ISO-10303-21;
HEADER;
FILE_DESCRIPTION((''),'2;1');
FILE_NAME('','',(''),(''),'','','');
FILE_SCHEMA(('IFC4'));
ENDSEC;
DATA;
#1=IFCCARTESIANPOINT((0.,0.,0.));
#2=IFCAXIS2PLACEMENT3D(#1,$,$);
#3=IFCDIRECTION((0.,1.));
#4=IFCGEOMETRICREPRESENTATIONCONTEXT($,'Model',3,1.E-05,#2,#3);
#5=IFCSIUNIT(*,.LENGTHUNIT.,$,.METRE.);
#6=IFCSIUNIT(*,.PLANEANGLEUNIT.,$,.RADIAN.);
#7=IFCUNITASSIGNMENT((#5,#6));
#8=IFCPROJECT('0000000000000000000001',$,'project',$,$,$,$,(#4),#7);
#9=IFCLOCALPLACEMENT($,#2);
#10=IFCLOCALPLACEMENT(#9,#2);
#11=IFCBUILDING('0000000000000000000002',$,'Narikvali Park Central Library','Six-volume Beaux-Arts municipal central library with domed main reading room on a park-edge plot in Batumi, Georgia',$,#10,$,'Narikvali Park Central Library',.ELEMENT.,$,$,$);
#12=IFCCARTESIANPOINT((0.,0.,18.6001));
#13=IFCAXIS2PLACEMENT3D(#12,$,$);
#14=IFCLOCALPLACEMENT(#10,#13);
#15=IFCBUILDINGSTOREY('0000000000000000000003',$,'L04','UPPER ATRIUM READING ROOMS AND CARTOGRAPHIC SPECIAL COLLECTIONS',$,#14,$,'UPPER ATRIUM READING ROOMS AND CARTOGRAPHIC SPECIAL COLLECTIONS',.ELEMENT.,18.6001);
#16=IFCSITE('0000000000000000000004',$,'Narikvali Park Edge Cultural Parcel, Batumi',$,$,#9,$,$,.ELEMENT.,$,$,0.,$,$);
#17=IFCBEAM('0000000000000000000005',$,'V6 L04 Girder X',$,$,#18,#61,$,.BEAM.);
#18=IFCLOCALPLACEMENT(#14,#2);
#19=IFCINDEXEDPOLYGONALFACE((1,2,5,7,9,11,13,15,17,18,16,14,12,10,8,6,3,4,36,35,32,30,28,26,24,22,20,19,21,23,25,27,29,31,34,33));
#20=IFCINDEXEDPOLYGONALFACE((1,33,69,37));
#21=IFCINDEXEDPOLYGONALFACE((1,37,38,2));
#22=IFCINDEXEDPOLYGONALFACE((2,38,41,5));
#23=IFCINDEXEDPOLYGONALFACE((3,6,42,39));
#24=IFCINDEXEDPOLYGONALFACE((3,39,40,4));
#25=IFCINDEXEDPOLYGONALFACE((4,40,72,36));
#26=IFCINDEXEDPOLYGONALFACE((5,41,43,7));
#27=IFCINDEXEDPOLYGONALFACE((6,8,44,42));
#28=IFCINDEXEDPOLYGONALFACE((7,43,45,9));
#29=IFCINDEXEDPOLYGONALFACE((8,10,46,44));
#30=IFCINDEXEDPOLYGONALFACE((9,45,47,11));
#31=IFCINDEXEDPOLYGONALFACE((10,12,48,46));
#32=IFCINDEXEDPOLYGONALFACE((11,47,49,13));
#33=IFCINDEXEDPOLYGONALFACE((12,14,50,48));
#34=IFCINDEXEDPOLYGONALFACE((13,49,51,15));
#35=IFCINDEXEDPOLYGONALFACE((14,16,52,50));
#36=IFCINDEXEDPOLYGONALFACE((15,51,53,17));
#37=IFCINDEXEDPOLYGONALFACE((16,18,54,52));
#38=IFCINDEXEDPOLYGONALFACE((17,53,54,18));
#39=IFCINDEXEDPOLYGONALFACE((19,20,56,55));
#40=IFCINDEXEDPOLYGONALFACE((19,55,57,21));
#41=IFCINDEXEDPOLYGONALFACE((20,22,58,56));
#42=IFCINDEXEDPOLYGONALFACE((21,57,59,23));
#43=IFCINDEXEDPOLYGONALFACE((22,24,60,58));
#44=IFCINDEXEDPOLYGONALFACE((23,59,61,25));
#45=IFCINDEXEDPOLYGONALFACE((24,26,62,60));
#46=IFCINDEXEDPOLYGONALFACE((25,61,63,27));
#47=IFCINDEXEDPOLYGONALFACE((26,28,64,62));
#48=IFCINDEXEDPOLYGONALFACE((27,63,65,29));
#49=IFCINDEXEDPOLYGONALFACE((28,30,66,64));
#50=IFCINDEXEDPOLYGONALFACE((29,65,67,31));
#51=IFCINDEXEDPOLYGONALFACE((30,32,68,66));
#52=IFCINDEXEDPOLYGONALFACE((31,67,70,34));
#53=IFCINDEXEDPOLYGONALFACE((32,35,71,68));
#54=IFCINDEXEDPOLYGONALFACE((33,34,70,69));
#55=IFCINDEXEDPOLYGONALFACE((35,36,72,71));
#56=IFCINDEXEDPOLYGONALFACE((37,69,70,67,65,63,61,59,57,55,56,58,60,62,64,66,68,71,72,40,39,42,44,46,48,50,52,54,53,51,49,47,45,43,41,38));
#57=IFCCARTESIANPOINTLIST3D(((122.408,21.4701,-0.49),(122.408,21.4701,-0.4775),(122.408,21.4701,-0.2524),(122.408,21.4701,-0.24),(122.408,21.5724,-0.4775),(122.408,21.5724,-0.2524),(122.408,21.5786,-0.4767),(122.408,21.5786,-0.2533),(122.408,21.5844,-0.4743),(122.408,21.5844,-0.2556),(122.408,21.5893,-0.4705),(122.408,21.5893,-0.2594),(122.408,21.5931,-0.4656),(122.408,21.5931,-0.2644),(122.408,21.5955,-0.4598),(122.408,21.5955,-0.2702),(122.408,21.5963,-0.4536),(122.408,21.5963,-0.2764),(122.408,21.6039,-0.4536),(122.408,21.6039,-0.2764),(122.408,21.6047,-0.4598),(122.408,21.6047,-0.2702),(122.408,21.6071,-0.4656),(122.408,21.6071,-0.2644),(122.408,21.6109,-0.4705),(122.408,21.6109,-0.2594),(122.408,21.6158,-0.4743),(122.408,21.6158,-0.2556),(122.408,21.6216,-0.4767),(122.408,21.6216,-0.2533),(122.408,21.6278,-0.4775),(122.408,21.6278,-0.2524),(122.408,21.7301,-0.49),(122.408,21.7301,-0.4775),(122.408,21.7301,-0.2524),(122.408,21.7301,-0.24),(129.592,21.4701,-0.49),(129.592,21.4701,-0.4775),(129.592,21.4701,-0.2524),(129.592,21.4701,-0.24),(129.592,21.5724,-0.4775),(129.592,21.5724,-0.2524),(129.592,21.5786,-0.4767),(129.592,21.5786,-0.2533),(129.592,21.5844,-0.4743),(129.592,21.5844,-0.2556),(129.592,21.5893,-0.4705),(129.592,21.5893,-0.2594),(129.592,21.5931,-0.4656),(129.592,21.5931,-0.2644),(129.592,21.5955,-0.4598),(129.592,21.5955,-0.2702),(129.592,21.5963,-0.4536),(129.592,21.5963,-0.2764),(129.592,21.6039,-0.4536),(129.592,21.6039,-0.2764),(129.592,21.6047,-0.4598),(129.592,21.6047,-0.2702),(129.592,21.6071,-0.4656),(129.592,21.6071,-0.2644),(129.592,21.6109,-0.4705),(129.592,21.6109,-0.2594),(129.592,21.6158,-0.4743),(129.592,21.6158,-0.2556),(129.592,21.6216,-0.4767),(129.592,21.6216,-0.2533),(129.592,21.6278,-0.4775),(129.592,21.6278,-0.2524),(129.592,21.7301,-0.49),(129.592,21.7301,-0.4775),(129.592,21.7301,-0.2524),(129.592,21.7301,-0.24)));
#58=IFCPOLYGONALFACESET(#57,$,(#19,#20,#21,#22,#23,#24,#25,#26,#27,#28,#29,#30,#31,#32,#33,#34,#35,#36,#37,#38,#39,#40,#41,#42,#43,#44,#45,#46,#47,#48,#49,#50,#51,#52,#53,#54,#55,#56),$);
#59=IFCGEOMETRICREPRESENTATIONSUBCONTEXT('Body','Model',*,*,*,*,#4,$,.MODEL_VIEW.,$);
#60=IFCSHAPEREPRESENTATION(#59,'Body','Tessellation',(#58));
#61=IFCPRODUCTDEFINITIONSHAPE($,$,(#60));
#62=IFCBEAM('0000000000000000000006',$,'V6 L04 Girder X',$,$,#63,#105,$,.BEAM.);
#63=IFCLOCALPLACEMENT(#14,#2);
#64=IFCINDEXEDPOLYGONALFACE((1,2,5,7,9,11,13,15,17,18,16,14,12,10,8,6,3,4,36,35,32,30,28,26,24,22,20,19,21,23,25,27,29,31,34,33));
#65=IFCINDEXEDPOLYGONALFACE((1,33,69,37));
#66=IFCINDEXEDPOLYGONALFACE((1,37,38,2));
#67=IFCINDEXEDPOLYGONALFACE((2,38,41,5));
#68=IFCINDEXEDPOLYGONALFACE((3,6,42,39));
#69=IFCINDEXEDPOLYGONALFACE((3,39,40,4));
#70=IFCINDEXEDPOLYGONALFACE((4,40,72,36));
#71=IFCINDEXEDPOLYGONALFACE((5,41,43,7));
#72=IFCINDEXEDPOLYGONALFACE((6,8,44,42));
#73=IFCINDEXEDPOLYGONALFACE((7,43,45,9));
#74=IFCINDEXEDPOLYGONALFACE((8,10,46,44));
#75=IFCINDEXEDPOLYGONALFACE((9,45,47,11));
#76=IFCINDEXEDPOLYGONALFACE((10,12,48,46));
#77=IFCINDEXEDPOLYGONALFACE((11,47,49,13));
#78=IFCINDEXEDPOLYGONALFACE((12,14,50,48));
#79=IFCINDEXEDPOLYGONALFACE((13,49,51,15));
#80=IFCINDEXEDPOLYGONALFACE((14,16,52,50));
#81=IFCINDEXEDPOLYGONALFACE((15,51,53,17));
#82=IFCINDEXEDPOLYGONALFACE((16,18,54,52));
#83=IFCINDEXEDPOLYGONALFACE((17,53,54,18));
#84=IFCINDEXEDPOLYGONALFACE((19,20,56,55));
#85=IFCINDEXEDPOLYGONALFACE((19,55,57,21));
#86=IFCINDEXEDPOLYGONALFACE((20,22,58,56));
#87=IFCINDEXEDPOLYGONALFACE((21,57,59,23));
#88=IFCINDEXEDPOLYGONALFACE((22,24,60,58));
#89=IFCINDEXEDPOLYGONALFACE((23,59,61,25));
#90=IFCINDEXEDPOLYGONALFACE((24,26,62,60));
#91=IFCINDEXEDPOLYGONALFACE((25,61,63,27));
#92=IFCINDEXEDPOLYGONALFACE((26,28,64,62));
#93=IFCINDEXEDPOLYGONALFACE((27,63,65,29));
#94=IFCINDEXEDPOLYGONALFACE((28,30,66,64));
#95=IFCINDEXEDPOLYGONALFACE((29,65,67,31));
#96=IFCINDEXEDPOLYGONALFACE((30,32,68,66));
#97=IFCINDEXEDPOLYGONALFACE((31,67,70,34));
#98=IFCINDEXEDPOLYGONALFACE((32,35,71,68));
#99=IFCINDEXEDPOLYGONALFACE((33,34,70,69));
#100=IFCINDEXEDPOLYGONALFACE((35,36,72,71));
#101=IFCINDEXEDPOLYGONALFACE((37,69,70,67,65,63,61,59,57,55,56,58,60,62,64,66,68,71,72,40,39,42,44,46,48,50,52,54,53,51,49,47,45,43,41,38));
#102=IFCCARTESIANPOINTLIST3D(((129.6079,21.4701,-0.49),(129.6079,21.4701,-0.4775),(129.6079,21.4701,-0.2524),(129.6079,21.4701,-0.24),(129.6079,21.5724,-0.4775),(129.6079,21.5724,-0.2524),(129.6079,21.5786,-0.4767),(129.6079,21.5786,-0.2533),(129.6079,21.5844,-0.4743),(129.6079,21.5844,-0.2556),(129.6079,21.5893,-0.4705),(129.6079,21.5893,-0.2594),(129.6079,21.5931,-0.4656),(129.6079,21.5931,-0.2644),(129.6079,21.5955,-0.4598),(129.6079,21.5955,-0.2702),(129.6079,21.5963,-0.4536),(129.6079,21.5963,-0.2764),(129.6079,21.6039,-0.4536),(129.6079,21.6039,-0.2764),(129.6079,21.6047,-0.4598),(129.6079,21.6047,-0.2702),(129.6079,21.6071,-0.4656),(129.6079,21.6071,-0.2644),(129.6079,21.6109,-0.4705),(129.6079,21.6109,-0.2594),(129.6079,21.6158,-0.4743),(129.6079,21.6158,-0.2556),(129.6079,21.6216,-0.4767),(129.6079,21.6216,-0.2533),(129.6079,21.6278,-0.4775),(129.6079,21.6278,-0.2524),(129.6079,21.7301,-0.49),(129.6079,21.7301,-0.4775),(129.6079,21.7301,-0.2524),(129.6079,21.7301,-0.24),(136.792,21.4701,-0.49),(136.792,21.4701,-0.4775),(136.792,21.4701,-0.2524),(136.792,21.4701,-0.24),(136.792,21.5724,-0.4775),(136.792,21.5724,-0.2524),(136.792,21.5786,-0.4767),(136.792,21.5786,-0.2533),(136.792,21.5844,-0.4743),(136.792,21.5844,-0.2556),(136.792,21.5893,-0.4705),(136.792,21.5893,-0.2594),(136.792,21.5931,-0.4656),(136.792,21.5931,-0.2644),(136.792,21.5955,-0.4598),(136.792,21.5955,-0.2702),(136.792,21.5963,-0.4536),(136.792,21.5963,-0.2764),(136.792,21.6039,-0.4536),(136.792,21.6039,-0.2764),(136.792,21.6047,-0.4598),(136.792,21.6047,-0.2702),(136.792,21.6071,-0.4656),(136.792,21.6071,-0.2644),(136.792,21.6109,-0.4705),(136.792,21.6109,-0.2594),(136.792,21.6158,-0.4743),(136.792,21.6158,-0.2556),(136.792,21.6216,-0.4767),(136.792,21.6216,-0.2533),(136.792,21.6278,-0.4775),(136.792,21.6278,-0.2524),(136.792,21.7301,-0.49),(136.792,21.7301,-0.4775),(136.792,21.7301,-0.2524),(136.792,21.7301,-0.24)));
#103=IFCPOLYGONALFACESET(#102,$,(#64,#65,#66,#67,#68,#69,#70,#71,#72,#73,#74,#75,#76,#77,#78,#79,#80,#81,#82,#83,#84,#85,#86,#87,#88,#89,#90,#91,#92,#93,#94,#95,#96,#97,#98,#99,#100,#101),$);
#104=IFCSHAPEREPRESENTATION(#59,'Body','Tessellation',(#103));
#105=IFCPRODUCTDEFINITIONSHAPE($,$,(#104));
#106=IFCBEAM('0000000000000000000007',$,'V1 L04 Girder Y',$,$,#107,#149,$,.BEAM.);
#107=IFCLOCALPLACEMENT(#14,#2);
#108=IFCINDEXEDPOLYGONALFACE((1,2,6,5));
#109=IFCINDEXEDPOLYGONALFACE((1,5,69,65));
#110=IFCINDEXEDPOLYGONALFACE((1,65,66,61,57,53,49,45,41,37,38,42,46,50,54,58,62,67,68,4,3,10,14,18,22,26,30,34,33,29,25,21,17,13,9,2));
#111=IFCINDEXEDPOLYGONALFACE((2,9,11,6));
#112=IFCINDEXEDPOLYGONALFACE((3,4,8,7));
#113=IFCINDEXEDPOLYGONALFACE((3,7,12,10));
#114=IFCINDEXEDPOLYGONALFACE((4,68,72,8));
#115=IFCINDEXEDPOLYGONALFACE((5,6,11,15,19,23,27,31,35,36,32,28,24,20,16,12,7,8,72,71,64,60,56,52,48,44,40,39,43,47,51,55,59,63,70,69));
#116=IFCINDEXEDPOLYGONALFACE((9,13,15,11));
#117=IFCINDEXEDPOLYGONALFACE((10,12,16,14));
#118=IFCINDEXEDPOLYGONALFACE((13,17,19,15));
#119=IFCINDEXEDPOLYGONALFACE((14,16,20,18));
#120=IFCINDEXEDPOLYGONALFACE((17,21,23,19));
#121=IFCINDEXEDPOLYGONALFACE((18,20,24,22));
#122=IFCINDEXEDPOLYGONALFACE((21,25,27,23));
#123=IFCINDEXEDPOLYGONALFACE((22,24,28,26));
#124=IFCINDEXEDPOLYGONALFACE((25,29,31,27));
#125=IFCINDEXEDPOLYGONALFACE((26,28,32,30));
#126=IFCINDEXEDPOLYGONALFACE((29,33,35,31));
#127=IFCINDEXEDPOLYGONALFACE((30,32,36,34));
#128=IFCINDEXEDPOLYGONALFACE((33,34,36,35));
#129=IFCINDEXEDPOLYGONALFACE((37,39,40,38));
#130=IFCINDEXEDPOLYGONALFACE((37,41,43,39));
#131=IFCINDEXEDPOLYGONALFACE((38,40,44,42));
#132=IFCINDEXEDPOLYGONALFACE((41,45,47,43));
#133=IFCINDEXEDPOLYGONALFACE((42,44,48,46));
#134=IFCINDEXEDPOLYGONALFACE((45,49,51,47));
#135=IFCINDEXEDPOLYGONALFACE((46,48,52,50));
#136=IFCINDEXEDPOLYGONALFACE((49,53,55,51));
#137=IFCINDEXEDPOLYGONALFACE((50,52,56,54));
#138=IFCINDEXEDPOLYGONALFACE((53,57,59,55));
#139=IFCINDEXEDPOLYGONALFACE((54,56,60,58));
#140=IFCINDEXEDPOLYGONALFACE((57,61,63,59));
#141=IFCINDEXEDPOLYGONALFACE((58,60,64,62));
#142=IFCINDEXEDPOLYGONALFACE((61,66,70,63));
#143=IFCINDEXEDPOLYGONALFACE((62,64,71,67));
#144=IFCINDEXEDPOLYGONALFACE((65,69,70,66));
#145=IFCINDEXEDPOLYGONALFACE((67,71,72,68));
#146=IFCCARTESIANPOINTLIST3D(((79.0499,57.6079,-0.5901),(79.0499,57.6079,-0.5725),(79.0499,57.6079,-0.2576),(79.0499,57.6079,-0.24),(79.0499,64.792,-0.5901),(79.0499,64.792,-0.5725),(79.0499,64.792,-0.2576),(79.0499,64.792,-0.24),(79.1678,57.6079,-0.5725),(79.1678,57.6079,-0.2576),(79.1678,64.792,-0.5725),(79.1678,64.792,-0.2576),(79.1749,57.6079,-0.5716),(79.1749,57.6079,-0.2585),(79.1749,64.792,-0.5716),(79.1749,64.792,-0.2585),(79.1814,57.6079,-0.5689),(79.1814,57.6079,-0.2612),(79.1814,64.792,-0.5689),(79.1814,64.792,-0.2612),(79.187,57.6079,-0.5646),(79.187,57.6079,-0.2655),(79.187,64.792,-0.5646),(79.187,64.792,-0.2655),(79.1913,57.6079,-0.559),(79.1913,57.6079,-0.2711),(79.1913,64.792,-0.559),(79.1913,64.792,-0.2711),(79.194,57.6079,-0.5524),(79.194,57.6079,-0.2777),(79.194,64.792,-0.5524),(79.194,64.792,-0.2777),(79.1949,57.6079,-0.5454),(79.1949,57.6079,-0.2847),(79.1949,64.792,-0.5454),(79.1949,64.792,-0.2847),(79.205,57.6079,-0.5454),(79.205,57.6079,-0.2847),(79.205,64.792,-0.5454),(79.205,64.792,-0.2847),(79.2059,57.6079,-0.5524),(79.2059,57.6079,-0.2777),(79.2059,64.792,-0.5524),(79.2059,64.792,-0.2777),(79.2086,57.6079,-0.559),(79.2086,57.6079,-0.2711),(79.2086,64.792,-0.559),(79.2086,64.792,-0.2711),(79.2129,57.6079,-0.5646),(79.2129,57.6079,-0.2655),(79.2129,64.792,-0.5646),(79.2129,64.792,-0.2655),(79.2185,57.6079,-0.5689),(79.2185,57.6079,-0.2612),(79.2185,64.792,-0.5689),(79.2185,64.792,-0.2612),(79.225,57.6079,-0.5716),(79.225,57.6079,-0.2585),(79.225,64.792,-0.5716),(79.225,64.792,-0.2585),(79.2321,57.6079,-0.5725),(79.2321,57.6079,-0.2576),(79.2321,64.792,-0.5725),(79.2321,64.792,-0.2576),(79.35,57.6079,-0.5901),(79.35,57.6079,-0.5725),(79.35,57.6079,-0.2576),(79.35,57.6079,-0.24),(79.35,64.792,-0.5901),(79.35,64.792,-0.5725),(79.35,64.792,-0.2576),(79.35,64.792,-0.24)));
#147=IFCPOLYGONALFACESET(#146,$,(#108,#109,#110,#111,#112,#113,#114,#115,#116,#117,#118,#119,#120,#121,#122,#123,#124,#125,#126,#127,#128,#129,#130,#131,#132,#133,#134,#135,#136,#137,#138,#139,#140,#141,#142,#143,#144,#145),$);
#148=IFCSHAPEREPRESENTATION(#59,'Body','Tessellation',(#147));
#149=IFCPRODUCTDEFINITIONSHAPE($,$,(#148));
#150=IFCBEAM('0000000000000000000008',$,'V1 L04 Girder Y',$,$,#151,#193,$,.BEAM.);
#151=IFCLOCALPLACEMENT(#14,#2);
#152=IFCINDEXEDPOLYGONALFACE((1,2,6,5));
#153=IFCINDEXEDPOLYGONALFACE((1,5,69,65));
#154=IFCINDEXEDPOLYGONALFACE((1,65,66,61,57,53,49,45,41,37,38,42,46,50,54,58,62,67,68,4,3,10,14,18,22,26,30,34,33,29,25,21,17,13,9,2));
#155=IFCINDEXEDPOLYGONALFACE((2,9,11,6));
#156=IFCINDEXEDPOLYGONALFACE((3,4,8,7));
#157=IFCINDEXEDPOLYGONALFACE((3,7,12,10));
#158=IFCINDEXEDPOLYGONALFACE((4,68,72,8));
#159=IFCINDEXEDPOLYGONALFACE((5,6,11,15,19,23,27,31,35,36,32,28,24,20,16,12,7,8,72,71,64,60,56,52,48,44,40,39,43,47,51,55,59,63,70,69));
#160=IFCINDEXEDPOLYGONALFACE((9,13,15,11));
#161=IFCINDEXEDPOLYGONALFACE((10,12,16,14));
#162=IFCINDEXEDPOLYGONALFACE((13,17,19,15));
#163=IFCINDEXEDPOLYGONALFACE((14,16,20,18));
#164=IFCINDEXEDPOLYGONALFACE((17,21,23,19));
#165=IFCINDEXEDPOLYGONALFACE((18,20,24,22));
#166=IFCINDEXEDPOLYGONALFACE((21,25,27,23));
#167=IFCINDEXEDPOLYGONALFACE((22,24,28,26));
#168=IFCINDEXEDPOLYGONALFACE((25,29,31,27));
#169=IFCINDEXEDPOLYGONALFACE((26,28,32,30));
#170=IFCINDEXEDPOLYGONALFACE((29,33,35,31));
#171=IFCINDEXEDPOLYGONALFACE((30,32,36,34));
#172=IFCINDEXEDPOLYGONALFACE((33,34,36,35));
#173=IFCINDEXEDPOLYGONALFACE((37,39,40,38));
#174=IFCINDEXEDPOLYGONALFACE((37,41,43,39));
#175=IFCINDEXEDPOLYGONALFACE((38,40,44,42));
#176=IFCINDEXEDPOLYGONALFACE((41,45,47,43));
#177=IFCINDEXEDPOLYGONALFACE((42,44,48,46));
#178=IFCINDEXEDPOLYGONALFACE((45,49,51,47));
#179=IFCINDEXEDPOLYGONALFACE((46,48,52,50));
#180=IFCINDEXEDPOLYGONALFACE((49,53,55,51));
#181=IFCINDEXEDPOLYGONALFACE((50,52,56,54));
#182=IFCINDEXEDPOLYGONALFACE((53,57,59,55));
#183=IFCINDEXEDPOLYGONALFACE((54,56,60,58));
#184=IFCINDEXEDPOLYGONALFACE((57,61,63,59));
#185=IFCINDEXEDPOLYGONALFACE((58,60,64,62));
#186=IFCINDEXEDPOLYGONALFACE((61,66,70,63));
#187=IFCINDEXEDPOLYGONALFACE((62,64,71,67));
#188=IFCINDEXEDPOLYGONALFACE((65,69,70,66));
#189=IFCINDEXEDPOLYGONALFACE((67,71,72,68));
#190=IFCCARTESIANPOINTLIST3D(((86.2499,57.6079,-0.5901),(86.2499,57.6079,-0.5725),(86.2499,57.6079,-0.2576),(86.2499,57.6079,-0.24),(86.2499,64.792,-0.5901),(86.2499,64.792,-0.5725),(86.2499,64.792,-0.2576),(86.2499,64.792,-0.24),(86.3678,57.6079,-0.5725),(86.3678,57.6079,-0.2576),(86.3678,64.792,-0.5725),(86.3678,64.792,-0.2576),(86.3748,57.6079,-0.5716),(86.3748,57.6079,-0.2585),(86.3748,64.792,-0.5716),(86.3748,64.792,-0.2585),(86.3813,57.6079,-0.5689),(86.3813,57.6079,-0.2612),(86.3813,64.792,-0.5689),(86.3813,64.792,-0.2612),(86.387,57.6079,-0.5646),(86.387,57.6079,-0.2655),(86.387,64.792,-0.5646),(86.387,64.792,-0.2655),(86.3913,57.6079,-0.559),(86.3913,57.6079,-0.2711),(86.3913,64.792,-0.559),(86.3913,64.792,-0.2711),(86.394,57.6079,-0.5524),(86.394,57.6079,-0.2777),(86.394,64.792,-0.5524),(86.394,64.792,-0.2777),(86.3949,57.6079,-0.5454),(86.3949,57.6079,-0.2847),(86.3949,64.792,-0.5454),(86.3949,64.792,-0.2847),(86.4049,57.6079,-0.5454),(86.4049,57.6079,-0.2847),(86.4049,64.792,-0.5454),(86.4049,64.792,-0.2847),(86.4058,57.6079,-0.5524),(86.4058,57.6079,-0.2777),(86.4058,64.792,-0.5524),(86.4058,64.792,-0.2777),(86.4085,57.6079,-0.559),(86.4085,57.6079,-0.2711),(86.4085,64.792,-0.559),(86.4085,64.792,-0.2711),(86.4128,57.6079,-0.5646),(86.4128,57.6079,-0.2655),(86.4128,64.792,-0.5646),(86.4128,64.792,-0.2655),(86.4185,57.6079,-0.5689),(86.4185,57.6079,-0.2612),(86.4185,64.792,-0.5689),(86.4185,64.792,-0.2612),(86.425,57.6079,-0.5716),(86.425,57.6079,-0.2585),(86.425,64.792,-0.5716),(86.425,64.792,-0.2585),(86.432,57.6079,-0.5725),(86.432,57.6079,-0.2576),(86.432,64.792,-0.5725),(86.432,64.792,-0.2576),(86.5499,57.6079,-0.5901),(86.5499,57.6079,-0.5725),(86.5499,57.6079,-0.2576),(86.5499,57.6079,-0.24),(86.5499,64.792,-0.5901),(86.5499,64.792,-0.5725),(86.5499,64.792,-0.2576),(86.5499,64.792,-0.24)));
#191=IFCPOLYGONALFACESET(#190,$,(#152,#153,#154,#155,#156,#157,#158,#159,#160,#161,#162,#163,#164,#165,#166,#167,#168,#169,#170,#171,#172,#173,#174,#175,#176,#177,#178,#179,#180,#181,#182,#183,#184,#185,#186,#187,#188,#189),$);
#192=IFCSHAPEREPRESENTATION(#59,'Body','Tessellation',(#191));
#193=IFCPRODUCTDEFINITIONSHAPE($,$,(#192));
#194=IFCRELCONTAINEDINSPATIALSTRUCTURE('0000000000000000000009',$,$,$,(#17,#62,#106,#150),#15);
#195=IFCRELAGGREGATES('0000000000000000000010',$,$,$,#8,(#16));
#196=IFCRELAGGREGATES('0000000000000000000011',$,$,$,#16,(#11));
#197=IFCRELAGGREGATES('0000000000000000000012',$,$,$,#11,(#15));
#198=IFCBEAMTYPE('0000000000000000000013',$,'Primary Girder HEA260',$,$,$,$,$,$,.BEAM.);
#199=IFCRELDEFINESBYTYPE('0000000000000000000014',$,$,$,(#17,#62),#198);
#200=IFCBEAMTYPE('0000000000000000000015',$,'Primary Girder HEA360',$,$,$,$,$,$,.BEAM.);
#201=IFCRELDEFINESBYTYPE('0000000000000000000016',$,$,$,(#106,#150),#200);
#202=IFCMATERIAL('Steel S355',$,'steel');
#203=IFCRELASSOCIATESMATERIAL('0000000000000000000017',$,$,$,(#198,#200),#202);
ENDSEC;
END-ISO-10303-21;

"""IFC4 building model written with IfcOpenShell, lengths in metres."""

from ifc_helpers import new_model, si_unit, direction, frame, origin, origin_2d, place, context, subcontext, project, spatial, i_section, extrude, material, material_profile, profile_set, type_object, element, save


model = new_model("IFC4")

# Units and contexts
model_context = context("Model", 3, precision=1e-05, world=origin(), true_north=direction((0.0, 1.0)))
body_context = subcontext(model_context, "Body", "Model", "MODEL_VIEW")
ifc_project = project(units=[si_unit("LENGTHUNIT", "METRE"), si_unit("PLANEANGLEUNIT", "RADIAN")], contexts=[model_context])

# Site, building, storey
site_placement = place(None, origin())
site = spatial("IfcSite", under=ifc_project, at=site_placement, Name="Narikvali Park Edge Cultural Parcel, Batumi", CompositionType="ELEMENT", RefElevation=0.0)
building_placement = place(site_placement, origin())
building = spatial("IfcBuilding", under=site, at=building_placement, Name="Narikvali Park Central Library", Description="Six-volume Beaux-Arts municipal central library with domed main reading room on a park-edge plot in Batumi, Georgia", LongName="Narikvali Park Central Library", CompositionType="ELEMENT")
storey_placement = place(building_placement, frame((0.0, 0.0, 18.6001)))
storey = spatial("IfcBuildingStorey", under=building, at=storey_placement, Name="L04", Description="UPPER ATRIUM READING ROOMS AND CARTOGRAPHIC SPECIAL COLLECTIONS", LongName="UPPER ATRIUM READING ROOMS AND CARTOGRAPHIC SPECIAL COLLECTIONS", CompositionType="ELEMENT", Elevation=18.6001)

# Beams
ifc_material_1 = material(Name="Steel S355", Category="steel")
ifc_material_profile_1 = material_profile(ifc_material_1, i_section(OverallWidth=0.26, OverallDepth=0.25, WebThickness=0.0076, FlangeThickness=0.0125, FilletRadius=0.0239, at=origin_2d()), Name="HEA 260")
ifc_profile_set_1 = profile_set([ifc_material_profile_1], Name="Steel S355")
beam_type_1 = type_object("IfcBeamType", Name="Primary Girder HEA260", PredefinedType="BEAM", material=ifc_profile_set_1)
for number, where, z_axis, x_axis, name in (
    (1, (122.408, 21.6001, -0.365), (1.0, 0.0, 0.0), (0.0, 1.0, 0.0), "V6 L04 Girder X"),
    (2, (129.6079, 21.6001, -0.365), (1.0, 0.0, 0.0), (0.0, 1.0, 0.0), "V6 L04 Girder X"),
):
    element("IfcBeam", number, at=place(storey_placement, frame(where, z_axis=z_axis, x_axis=x_axis)), inside=storey, type_object=beam_type_1, Name=name, PredefinedType="BEAM", context=body_context, shape_type="SweptSolid", body=[
        extrude(i_section(OverallWidth=0.26, OverallDepth=0.25, WebThickness=0.0076, FlangeThickness=0.0125, FilletRadius=0.0239, at=origin_2d()), origin(), (0.0, 0.0, 1.0), 7.1841),
    ])
ifc_material_profile_2 = material_profile(ifc_material_1, i_section(OverallWidth=0.3, OverallDepth=0.3501, WebThickness=0.01, FlangeThickness=0.0176, FilletRadius=0.0271, at=origin_2d()), Name="HEA 360")
ifc_profile_set_2 = profile_set([ifc_material_profile_2], Name="Steel S355")
beam_type_2 = type_object("IfcBeamType", Name="Primary Girder HEA360", PredefinedType="BEAM", material=ifc_profile_set_2)
for number, where, z_axis, x_axis, name in (
    (3, (79.2, 57.6079, -0.415), (0.0, 1.0, 0.0), (-1.0, 0.0, 0.0), "V1 L04 Girder Y"),
    (4, (86.3999, 57.6079, -0.415), (0.0, 1.0, 0.0), (-1.0, 0.0, 0.0), "V1 L04 Girder Y"),
):
    element("IfcBeam", number, at=place(storey_placement, frame(where, z_axis=z_axis, x_axis=x_axis)), inside=storey, type_object=beam_type_2, Name=name, PredefinedType="BEAM", context=body_context, shape_type="SweptSolid", body=[
        extrude(i_section(OverallWidth=0.3, OverallDepth=0.3501, WebThickness=0.01, FlangeThickness=0.0176, FilletRadius=0.0271, at=origin_2d()), origin(), (0.0, 0.0, 1.0), 7.1841),
    ])

save(model, "model.ifc")
